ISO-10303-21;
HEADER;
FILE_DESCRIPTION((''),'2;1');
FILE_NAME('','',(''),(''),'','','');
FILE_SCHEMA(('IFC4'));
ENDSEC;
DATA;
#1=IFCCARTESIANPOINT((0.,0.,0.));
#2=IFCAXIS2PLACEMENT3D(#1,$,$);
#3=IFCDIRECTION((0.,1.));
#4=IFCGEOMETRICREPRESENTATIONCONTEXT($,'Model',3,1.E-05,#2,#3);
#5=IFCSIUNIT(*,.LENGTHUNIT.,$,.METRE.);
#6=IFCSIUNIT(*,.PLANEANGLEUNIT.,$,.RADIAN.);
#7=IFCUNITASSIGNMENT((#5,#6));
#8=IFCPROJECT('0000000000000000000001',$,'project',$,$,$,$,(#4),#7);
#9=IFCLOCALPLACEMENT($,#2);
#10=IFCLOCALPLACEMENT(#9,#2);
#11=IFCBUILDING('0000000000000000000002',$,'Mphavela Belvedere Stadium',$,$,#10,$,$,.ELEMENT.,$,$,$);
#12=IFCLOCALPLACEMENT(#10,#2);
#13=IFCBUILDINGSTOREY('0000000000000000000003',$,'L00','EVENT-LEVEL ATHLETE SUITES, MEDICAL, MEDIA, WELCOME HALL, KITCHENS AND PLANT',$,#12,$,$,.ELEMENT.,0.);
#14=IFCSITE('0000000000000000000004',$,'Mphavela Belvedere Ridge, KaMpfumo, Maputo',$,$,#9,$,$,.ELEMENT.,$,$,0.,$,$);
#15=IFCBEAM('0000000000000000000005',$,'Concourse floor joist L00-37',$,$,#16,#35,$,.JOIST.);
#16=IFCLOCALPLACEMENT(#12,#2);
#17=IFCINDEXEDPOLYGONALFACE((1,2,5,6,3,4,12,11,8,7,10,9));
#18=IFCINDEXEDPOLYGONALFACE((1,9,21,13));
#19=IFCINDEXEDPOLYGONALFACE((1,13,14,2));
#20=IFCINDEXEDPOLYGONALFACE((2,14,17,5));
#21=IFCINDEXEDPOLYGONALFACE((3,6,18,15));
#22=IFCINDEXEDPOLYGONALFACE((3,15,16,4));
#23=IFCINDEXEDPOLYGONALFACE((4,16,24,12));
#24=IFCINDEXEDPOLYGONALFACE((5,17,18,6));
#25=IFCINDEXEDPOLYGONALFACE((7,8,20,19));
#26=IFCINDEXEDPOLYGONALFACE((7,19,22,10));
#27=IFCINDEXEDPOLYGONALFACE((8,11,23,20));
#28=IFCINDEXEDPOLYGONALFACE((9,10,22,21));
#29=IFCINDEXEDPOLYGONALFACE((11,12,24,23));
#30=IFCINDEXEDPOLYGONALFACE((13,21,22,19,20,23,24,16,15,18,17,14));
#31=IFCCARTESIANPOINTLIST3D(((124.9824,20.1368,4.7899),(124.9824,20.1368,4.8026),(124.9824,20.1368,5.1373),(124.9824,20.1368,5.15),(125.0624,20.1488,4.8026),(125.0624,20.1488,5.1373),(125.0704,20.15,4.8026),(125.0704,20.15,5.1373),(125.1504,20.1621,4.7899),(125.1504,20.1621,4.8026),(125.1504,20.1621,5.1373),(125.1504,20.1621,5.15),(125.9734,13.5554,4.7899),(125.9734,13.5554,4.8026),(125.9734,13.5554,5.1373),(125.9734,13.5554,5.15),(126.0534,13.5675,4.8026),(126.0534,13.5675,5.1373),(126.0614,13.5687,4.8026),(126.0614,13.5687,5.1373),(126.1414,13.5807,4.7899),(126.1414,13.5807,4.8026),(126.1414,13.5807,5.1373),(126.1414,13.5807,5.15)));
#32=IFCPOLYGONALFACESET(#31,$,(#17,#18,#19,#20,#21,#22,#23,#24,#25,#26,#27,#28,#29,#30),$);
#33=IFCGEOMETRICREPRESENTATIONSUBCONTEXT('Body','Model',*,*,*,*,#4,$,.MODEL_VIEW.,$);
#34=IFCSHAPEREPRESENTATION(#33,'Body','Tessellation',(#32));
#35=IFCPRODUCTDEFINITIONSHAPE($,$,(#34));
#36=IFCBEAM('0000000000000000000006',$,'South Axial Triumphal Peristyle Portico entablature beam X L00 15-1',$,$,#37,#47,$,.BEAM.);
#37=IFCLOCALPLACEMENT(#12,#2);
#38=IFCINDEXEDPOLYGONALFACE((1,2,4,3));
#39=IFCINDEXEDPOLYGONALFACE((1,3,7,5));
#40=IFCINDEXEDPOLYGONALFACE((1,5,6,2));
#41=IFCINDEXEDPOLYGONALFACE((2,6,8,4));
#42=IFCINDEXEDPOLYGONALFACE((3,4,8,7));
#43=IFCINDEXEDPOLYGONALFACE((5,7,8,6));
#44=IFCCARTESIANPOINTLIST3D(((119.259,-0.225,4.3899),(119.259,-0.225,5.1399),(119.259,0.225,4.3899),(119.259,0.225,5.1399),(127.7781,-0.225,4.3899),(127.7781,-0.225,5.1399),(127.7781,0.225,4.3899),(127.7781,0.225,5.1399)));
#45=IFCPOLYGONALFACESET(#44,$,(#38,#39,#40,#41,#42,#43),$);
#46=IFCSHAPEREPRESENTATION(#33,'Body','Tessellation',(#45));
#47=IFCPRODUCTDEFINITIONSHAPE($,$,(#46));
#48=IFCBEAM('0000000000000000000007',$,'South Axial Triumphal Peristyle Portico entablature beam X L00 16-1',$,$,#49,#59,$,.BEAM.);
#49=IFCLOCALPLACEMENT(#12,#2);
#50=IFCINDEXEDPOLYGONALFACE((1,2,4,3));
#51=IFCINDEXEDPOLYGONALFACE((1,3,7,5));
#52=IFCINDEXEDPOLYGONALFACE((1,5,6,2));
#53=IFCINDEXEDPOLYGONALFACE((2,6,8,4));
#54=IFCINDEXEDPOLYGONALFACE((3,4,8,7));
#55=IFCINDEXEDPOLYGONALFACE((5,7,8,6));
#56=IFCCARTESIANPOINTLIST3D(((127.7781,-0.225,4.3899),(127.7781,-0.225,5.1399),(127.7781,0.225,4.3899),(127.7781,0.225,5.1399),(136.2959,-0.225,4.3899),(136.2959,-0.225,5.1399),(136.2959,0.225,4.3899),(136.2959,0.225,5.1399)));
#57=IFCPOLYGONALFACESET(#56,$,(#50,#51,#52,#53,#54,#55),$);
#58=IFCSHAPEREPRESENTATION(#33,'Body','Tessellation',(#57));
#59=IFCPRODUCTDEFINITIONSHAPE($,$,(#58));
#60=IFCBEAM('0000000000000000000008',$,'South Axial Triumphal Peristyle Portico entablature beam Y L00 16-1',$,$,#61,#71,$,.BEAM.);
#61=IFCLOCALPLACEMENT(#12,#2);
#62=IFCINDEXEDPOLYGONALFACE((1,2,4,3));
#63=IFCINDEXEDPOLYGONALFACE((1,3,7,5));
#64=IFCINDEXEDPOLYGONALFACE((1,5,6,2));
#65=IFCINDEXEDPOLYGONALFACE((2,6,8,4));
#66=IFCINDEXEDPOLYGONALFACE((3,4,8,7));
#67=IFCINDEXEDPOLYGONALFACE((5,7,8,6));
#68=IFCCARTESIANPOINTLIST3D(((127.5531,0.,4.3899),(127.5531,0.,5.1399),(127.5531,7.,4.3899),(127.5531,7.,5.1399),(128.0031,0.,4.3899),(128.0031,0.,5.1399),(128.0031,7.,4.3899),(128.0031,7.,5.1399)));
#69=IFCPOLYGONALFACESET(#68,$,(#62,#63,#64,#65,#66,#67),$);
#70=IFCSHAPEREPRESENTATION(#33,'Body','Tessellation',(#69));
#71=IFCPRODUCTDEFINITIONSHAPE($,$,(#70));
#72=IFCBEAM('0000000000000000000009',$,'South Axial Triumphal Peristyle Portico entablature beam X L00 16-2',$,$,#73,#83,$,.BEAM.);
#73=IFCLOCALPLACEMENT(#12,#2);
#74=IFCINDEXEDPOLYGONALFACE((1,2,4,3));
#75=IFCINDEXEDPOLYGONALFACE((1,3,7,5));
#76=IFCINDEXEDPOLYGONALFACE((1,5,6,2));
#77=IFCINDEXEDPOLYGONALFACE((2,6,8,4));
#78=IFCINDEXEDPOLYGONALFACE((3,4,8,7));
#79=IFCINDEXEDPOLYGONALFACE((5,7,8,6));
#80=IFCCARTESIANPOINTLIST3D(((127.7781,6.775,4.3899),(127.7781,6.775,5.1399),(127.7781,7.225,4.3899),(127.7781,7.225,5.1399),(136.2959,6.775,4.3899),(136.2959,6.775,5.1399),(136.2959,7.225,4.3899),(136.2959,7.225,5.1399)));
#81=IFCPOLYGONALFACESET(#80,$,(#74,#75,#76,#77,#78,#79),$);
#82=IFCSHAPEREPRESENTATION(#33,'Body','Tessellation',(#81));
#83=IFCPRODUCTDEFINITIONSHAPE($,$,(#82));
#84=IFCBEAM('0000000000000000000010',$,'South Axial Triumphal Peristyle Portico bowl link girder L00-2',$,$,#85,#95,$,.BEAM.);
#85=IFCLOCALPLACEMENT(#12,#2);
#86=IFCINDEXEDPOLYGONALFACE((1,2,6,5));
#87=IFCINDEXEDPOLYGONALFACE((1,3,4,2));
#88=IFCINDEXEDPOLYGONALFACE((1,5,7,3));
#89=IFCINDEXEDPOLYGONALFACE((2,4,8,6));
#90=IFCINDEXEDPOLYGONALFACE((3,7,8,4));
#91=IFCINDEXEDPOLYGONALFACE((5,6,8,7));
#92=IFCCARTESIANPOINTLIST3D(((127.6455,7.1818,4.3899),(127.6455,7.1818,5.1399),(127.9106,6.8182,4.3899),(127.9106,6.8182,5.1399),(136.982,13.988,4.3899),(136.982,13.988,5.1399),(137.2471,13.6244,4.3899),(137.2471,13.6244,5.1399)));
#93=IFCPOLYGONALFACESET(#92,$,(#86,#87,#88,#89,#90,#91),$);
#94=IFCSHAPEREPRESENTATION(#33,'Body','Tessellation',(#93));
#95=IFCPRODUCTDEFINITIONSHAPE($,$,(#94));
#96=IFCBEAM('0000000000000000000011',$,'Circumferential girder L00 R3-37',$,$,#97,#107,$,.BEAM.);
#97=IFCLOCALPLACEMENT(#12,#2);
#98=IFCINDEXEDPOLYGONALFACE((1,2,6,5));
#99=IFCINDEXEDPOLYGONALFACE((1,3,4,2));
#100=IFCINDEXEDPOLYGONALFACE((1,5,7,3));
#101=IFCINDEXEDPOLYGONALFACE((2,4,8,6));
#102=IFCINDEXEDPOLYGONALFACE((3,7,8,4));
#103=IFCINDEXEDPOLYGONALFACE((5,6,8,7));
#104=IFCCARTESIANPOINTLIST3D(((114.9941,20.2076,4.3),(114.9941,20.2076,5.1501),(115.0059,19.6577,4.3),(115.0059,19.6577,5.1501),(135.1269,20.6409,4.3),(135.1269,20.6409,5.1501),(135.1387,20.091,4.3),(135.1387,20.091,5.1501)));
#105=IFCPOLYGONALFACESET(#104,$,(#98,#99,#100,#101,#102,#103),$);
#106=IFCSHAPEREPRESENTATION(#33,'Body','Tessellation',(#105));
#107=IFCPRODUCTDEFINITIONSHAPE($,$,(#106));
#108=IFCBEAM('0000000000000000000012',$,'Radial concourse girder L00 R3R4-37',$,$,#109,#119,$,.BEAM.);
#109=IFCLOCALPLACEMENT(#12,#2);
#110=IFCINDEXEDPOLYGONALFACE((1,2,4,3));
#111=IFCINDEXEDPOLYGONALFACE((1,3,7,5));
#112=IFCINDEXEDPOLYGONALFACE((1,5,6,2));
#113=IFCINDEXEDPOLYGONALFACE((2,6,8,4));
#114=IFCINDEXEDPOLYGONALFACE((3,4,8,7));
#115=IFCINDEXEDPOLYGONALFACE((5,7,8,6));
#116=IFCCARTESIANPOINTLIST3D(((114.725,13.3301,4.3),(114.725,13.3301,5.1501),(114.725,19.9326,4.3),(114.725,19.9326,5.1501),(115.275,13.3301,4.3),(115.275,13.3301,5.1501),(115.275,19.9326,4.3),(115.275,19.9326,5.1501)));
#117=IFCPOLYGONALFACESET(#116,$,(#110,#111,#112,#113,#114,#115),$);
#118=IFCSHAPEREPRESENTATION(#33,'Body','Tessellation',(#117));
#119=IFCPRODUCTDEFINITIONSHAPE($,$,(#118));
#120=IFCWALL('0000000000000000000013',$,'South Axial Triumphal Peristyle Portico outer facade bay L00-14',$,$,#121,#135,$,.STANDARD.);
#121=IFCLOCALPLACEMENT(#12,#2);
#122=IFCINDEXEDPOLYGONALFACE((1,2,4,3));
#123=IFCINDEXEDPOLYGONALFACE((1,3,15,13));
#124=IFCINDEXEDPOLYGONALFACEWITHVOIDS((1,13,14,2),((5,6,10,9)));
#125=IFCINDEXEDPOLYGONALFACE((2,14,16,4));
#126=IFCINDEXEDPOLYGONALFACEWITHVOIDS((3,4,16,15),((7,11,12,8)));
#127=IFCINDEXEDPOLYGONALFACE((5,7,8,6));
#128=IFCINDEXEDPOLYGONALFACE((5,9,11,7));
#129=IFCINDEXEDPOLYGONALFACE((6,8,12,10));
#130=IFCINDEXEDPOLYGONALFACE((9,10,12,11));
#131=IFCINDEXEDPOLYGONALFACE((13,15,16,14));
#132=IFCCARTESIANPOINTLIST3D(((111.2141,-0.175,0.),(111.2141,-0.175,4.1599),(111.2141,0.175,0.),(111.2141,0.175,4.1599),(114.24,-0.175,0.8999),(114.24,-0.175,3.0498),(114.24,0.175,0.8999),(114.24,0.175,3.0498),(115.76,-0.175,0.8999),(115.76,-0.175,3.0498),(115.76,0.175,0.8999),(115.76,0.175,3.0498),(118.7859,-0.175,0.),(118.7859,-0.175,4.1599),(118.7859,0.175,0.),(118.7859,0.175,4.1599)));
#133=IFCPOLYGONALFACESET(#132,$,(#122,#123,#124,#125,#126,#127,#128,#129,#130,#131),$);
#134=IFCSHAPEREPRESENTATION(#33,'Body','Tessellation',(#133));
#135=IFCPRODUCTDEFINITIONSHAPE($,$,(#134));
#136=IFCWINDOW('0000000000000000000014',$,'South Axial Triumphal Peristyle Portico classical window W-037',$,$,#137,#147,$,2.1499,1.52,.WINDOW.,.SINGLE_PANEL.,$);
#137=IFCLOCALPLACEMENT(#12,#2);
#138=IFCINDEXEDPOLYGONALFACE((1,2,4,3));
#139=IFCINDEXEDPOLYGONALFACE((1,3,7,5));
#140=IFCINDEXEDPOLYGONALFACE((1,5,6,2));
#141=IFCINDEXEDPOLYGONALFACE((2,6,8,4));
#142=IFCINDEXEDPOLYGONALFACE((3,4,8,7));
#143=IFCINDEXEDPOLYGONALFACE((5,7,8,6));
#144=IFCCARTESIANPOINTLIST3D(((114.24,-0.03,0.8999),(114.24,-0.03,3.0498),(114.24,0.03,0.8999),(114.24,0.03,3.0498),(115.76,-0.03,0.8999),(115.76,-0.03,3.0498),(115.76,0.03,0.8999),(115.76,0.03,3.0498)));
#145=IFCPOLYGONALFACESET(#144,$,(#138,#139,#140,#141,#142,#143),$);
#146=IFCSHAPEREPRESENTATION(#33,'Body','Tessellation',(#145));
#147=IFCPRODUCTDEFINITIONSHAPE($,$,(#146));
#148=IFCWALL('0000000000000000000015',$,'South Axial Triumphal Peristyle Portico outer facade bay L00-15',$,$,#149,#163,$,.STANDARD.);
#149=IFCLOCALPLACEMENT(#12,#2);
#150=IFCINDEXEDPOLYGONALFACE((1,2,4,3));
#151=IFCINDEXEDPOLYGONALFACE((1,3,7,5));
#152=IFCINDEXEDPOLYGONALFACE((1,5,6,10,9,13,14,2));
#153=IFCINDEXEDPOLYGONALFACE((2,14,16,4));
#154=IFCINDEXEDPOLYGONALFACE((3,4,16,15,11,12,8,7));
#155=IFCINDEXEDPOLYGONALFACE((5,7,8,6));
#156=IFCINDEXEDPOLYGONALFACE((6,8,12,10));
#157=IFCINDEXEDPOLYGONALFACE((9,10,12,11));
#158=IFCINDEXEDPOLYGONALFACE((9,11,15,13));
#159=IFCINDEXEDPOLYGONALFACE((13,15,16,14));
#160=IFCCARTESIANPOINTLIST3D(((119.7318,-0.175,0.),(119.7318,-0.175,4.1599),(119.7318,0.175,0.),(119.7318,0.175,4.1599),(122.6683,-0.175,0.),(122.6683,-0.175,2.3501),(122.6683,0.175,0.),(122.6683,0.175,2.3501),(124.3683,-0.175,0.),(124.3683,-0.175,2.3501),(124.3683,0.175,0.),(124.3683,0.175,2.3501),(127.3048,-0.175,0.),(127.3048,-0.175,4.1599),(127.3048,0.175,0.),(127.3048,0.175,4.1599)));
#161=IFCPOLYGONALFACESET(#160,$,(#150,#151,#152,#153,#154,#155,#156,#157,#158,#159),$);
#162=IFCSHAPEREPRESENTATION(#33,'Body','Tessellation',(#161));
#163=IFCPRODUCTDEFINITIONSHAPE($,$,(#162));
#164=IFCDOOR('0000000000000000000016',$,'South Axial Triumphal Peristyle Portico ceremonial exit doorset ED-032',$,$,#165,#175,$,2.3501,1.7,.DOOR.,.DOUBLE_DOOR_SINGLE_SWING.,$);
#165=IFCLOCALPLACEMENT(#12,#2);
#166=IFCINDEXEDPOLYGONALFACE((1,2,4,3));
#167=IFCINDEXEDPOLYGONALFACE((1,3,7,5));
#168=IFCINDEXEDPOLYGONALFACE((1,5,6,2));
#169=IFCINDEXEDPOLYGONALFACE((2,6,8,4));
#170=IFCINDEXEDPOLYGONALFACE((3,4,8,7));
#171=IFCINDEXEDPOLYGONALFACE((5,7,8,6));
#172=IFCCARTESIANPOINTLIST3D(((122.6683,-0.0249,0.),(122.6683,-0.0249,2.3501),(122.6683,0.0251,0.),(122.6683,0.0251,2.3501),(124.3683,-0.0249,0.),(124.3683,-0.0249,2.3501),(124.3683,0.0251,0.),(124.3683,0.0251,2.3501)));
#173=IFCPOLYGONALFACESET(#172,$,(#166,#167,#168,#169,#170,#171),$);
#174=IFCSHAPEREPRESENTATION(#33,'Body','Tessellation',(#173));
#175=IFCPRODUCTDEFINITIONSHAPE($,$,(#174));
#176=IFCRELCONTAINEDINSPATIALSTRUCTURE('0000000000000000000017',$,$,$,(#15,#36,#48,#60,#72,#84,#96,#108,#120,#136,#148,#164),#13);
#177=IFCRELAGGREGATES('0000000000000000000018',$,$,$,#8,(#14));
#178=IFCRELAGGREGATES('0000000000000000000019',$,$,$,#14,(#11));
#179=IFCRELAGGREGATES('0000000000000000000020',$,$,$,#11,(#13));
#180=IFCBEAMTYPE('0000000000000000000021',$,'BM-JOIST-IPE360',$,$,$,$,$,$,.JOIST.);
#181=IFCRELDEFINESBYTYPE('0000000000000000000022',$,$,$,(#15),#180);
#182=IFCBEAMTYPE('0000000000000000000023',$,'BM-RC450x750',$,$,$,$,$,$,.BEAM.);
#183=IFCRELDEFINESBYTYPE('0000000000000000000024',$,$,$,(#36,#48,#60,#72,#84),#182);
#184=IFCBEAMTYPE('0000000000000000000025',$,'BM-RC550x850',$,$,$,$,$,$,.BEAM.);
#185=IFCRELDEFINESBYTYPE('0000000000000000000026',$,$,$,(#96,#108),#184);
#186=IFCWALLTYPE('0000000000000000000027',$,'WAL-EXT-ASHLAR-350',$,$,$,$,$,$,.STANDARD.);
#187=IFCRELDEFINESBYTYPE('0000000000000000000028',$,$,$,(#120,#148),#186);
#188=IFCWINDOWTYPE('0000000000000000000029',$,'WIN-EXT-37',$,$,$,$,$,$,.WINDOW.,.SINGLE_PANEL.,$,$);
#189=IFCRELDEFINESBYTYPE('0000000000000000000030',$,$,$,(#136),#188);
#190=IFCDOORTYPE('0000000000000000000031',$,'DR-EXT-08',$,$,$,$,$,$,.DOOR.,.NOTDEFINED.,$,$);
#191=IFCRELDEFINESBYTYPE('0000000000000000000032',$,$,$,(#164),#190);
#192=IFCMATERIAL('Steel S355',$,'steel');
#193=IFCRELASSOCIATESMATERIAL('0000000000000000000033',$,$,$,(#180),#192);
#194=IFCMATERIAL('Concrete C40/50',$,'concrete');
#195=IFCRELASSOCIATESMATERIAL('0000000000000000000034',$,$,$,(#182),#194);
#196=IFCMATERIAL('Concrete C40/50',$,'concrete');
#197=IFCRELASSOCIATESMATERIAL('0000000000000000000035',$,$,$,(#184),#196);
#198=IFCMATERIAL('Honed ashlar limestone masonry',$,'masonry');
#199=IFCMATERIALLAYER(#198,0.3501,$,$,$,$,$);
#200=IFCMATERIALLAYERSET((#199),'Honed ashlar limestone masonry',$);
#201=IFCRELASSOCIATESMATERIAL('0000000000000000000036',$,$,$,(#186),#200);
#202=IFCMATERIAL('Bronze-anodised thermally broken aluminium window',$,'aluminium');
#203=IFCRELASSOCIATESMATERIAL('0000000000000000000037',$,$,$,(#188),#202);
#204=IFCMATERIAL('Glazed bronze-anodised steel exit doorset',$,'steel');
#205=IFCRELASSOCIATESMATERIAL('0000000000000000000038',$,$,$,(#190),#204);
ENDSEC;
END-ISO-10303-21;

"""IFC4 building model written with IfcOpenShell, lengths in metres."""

from ifc_helpers import new_model, si_unit, direction, frame, frame_2d, origin, origin_2d, place, context, subcontext, project, spatial, rectangle, i_section, extrude, material, layer, layer_set, material_profile, profile_set, type_object, element, fill, save


model = new_model("IFC4")

# Units and contexts
model_context = context("Model", 3, precision=1e-05, world=origin(), true_north=direction((0.0, 1.0)))
body_context = subcontext(model_context, "Body", "Model", "MODEL_VIEW")
ifc_project = project(units=[si_unit("LENGTHUNIT", "METRE"), si_unit("PLANEANGLEUNIT", "RADIAN")], contexts=[model_context])

# Site, building, storey
site_placement = place(None, origin())
site = spatial("IfcSite", under=ifc_project, at=site_placement, Name="Mphavela Belvedere Ridge, KaMpfumo, Maputo", CompositionType="ELEMENT", RefElevation=0.0)
building_placement = place(site_placement, origin())
building = spatial("IfcBuilding", under=site, at=building_placement, Name="Mphavela Belvedere Stadium", CompositionType="ELEMENT")
storey_placement = place(building_placement, origin())
storey = spatial("IfcBuildingStorey", under=building, at=storey_placement, Name="L00", Description="EVENT-LEVEL ATHLETE SUITES, MEDICAL, MEDIA, WELCOME HALL, KITCHENS AND PLANT", CompositionType="ELEMENT", Elevation=0.0)

# Beams
ifc_material_1 = material(Name="Steel S355", Category="steel")
ifc_material_profile_1 = material_profile(ifc_material_1, i_section(OverallWidth=0.1699, OverallDepth=0.3601, WebThickness=0.0081, FlangeThickness=0.0127, at=origin_2d()), Name="IPE 360")
ifc_profile_set_1 = profile_set([ifc_material_profile_1], Name="Steel S355")
beam_type_1 = type_object("IfcBeamType", Name="BM-JOIST-IPE360", PredefinedType="JOIST", material=ifc_profile_set_1)
beam_1_placement = place(storey_placement, frame((125.0664, 20.1494, 4.97), z_axis=(0.148895, -0.988853, 0.0), x_axis=(0.988853, 0.148895, 0.0)))
element("IfcBeam", 1, at=beam_1_placement, inside=storey, type_object=beam_type_1, Name="Concourse floor joist L00-37", PredefinedType="JOIST", context=body_context, shape_type="SweptSolid", body=[
    extrude(i_section(OverallWidth=0.1699, OverallDepth=0.3601, WebThickness=0.0081, FlangeThickness=0.0127, at=origin_2d()), origin(), (0.0, 0.0, 1.0), 6.6555),
])
ifc_material_2 = material(Name="Concrete C40/50", Category="concrete")
ifc_material_profile_2 = material_profile(ifc_material_2, rectangle(XDim=0.45, YDim=0.75, at=origin_2d()), Name="RC 450x750")
ifc_profile_set_2 = profile_set([ifc_material_profile_2], Name="Concrete C40/50")
beam_type_2 = type_object("IfcBeamType", Name="BM-RC450x750", PredefinedType="BEAM", material=ifc_profile_set_2)
beam_2_placement = place(storey_placement, frame((119.259, 0.0, 4.7649), z_axis=(1.0, 0.0, 0.0), x_axis=(0.0, 1.0, 0.0)))
element("IfcBeam", 2, at=beam_2_placement, inside=storey, type_object=beam_type_2, Name="South Axial Triumphal Peristyle Portico entablature beam X L00 15-1", PredefinedType="BEAM", context=body_context, shape_type="SweptSolid", body=[
    extrude(rectangle(XDim=0.45, YDim=0.75, at=origin_2d()), origin(), (0.0, 0.0, 1.0), 8.519),
])
beam_3_placement = place(storey_placement, frame((127.7781, 0.0, 4.7649), z_axis=(1.0, 0.0, 0.0), x_axis=(0.0, 1.0, 0.0)))
element("IfcBeam", 3, at=beam_3_placement, inside=storey, type_object=beam_type_2, Name="South Axial Triumphal Peristyle Portico entablature beam X L00 16-1", PredefinedType="BEAM", context=body_context, shape_type="SweptSolid", body=[
    extrude(rectangle(XDim=0.45, YDim=0.75, at=origin_2d()), origin(), (0.0, 0.0, 1.0), 8.5178),
])
beam_4_placement = place(storey_placement, frame((127.7781, 0.0, 4.7649), z_axis=(0.0, 1.0, 0.0), x_axis=(-1.0, 0.0, 0.0)))
element("IfcBeam", 4, at=beam_4_placement, inside=storey, type_object=beam_type_2, Name="South Axial Triumphal Peristyle Portico entablature beam Y L00 16-1", PredefinedType="BEAM", context=body_context, shape_type="SweptSolid", body=[
    extrude(rectangle(XDim=0.45, YDim=0.75, at=origin_2d()), origin(), (0.0, 0.0, 1.0), 7.0),
])
beam_5_placement = place(storey_placement, frame((127.7781, 7.0, 4.7649), z_axis=(1.0, 0.0, 0.0), x_axis=(0.0, 1.0, 0.0)))
element("IfcBeam", 5, at=beam_5_placement, inside=storey, type_object=beam_type_2, Name="South Axial Triumphal Peristyle Portico entablature beam X L00 16-2", PredefinedType="BEAM", context=body_context, shape_type="SweptSolid", body=[
    extrude(rectangle(XDim=0.45, YDim=0.75, at=origin_2d()), origin(), (0.0, 0.0, 1.0), 8.5178),
])
beam_6_placement = place(storey_placement, frame((127.7781, 7.0, 4.7649), z_axis=(0.808076, 0.589078, 0.0), x_axis=(-0.589078, 0.808076, 0.0)))
element("IfcBeam", 6, at=beam_6_placement, inside=storey, type_object=beam_type_2, Name="South Axial Triumphal Peristyle Portico bowl link girder L00-2", PredefinedType="BEAM", context=body_context, shape_type="SweptSolid", body=[
    extrude(rectangle(XDim=0.45, YDim=0.75, at=origin_2d()), origin(), (0.0, 0.0, 1.0), 11.554),
])
ifc_material_3 = material(Name="Concrete C40/50", Category="concrete")
ifc_material_profile_3 = material_profile(ifc_material_3, rectangle(XDim=0.55, YDim=0.8501, at=origin_2d()), Name="RC 550x850")
ifc_profile_set_3 = profile_set([ifc_material_profile_3], Name="Concrete C40/50")
beam_type_3 = type_object("IfcBeamType", Name="BM-RC550x850", PredefinedType="BEAM", material=ifc_profile_set_3)
beam_7_placement = place(storey_placement, frame((115.0, 19.9326, 4.7251), z_axis=(0.999768, 0.02152, 0.0), x_axis=(-0.02152, 0.999768, 0.0)))
element("IfcBeam", 7, at=beam_7_placement, inside=storey, type_object=beam_type_3, Name="Circumferential girder L00 R3-37", PredefinedType="BEAM", context=body_context, shape_type="SweptSolid", body=[
    extrude(rectangle(XDim=0.55, YDim=0.8501, at=origin_2d()), origin(), (0.0, 0.0, 1.0), 20.1375),
])
beam_8_placement = place(storey_placement, frame((115.0, 19.9326, 4.7251), z_axis=(0.0, -1.0, 0.0), x_axis=(1.0, 0.0, 0.0)))
element("IfcBeam", 8, at=beam_8_placement, inside=storey, type_object=beam_type_3, Name="Radial concourse girder L00 R3R4-37", PredefinedType="BEAM", context=body_context, shape_type="SweptSolid", body=[
    extrude(rectangle(XDim=0.55, YDim=0.8501, at=origin_2d()), origin(), (0.0, 0.0, 1.0), 6.6025),
])

# Wall, opening, window
ifc_material_4 = material(Name="Honed ashlar limestone masonry", Category="masonry")
ifc_layer_1 = layer(ifc_material_4, 0.3501)
ifc_layer_set_1 = layer_set([ifc_layer_1], Name="Honed ashlar limestone masonry")
wall_type_1 = type_object("IfcWallType", Name="WAL-EXT-ASHLAR-350", PredefinedType="STANDARD", material=ifc_layer_set_1)
wall_1_placement = place(storey_placement, frame((118.7859, 0.0, 0.0), z_axis=(0.0, 0.0, 1.0), x_axis=(-1.0, 0.0, 0.0)))
wall_1 = element("IfcWall", 9, at=wall_1_placement, inside=storey, type_object=wall_type_1, Name="South Axial Triumphal Peristyle Portico outer facade bay L00-14", PredefinedType="STANDARD", context=body_context, shape_type="SweptSolid", body=[
    extrude(rectangle(XDim=7.5718, YDim=0.3501, at=frame_2d((3.7859, 0.0))), origin(), (0.0, 0.0, 1.0), 4.1599),
])
opening_1_placement = place(wall_1_placement, frame((3.0259, 0.0, 0.8999)))
opening_1 = element("IfcOpeningElement", 10, at=opening_1_placement, cuts=wall_1, PredefinedType="OPENING", context=body_context, shape_type="SweptSolid", body=[
    extrude(rectangle(XDim=1.52, YDim=2.1499, at=frame_2d((0.76, 1.075))), frame((0.0, 0.1851, 0.0), z_axis=(0.0, -1.0, 0.0), x_axis=(1.0, 0.0, 0.0)), (0.0, 0.0, 1.0), 0.3701),
])
ifc_material_5 = material(Name="Bronze-anodised thermally broken aluminium window", Category="aluminium")
window_type = type_object("IfcWindowType", Name="WIN-EXT-37", PartitioningType="SINGLE_PANEL", PredefinedType="WINDOW", material=ifc_material_5)
window_placement = place(opening_1_placement, origin())
window = element("IfcWindow", 11, at=window_placement, inside=storey, type_object=window_type, Name="South Axial Triumphal Peristyle Portico classical window W-037", OverallHeight=2.1499, OverallWidth=1.52, PartitioningType="SINGLE_PANEL", PredefinedType="WINDOW", context=body_context, shape_type="SweptSolid", body=[
    extrude(rectangle(XDim=1.52, YDim=2.1499, at=frame_2d((0.76, 1.075))), frame((0.0, 0.03, 0.0), z_axis=(0.0, -1.0, 0.0), x_axis=(1.0, 0.0, 0.0)), (0.0, 0.0, 1.0), 0.0601),
])
fill(opening_1, window)

# Wall, opening, door
wall_2_placement = place(storey_placement, frame((127.3049, 0.0, 0.0), z_axis=(0.0, 0.0, 1.0), x_axis=(-1.0, 0.0, 0.0)))
wall_2 = element("IfcWall", 12, at=wall_2_placement, inside=storey, type_object=wall_type_1, Name="South Axial Triumphal Peristyle Portico outer facade bay L00-15", PredefinedType="STANDARD", context=body_context, shape_type="SweptSolid", body=[
    extrude(rectangle(XDim=7.573, YDim=0.3501, at=frame_2d((3.7866, 0.0))), origin(), (0.0, 0.0, 1.0), 4.1599),
])
opening_2_placement = place(wall_2_placement, frame((2.9365, 0.0, 0.0)))
opening_2 = element("IfcOpeningElement", 13, at=opening_2_placement, cuts=wall_2, PredefinedType="OPENING", context=body_context, shape_type="SweptSolid", body=[
    extrude(rectangle(XDim=1.7, YDim=2.3501, at=frame_2d((0.8501, 1.175))), frame((0.0, 0.1851, 0.0), z_axis=(0.0, -1.0, 0.0), x_axis=(1.0, 0.0, 0.0)), (0.0, 0.0, 1.0), 0.3701),
])
ifc_material_6 = material(Name="Glazed bronze-anodised steel exit doorset", Category="steel")
door_type_1 = type_object("IfcDoorType", Name="DR-EXT-08", OperationType="NOTDEFINED", PredefinedType="DOOR", material=ifc_material_6)
door_1_placement = place(opening_2_placement, origin())
door_1 = element("IfcDoor", 14, at=door_1_placement, inside=storey, type_object=door_type_1, Name="South Axial Triumphal Peristyle Portico ceremonial exit doorset ED-032", OperationType="DOUBLE_DOOR_SINGLE_SWING", OverallHeight=2.3501, OverallWidth=1.7, PredefinedType="DOOR", context=body_context, shape_type="SweptSolid", body=[
    extrude(rectangle(XDim=1.7, YDim=2.3501, at=frame_2d((0.8501, 1.175))), frame((0.0, 0.0249, 0.0), z_axis=(0.0, -1.0, 0.0), x_axis=(1.0, 0.0, 0.0)), (0.0, 0.0, 1.0), 0.05),
])
fill(opening_2, door_1)

save(model, "model.ifc")
